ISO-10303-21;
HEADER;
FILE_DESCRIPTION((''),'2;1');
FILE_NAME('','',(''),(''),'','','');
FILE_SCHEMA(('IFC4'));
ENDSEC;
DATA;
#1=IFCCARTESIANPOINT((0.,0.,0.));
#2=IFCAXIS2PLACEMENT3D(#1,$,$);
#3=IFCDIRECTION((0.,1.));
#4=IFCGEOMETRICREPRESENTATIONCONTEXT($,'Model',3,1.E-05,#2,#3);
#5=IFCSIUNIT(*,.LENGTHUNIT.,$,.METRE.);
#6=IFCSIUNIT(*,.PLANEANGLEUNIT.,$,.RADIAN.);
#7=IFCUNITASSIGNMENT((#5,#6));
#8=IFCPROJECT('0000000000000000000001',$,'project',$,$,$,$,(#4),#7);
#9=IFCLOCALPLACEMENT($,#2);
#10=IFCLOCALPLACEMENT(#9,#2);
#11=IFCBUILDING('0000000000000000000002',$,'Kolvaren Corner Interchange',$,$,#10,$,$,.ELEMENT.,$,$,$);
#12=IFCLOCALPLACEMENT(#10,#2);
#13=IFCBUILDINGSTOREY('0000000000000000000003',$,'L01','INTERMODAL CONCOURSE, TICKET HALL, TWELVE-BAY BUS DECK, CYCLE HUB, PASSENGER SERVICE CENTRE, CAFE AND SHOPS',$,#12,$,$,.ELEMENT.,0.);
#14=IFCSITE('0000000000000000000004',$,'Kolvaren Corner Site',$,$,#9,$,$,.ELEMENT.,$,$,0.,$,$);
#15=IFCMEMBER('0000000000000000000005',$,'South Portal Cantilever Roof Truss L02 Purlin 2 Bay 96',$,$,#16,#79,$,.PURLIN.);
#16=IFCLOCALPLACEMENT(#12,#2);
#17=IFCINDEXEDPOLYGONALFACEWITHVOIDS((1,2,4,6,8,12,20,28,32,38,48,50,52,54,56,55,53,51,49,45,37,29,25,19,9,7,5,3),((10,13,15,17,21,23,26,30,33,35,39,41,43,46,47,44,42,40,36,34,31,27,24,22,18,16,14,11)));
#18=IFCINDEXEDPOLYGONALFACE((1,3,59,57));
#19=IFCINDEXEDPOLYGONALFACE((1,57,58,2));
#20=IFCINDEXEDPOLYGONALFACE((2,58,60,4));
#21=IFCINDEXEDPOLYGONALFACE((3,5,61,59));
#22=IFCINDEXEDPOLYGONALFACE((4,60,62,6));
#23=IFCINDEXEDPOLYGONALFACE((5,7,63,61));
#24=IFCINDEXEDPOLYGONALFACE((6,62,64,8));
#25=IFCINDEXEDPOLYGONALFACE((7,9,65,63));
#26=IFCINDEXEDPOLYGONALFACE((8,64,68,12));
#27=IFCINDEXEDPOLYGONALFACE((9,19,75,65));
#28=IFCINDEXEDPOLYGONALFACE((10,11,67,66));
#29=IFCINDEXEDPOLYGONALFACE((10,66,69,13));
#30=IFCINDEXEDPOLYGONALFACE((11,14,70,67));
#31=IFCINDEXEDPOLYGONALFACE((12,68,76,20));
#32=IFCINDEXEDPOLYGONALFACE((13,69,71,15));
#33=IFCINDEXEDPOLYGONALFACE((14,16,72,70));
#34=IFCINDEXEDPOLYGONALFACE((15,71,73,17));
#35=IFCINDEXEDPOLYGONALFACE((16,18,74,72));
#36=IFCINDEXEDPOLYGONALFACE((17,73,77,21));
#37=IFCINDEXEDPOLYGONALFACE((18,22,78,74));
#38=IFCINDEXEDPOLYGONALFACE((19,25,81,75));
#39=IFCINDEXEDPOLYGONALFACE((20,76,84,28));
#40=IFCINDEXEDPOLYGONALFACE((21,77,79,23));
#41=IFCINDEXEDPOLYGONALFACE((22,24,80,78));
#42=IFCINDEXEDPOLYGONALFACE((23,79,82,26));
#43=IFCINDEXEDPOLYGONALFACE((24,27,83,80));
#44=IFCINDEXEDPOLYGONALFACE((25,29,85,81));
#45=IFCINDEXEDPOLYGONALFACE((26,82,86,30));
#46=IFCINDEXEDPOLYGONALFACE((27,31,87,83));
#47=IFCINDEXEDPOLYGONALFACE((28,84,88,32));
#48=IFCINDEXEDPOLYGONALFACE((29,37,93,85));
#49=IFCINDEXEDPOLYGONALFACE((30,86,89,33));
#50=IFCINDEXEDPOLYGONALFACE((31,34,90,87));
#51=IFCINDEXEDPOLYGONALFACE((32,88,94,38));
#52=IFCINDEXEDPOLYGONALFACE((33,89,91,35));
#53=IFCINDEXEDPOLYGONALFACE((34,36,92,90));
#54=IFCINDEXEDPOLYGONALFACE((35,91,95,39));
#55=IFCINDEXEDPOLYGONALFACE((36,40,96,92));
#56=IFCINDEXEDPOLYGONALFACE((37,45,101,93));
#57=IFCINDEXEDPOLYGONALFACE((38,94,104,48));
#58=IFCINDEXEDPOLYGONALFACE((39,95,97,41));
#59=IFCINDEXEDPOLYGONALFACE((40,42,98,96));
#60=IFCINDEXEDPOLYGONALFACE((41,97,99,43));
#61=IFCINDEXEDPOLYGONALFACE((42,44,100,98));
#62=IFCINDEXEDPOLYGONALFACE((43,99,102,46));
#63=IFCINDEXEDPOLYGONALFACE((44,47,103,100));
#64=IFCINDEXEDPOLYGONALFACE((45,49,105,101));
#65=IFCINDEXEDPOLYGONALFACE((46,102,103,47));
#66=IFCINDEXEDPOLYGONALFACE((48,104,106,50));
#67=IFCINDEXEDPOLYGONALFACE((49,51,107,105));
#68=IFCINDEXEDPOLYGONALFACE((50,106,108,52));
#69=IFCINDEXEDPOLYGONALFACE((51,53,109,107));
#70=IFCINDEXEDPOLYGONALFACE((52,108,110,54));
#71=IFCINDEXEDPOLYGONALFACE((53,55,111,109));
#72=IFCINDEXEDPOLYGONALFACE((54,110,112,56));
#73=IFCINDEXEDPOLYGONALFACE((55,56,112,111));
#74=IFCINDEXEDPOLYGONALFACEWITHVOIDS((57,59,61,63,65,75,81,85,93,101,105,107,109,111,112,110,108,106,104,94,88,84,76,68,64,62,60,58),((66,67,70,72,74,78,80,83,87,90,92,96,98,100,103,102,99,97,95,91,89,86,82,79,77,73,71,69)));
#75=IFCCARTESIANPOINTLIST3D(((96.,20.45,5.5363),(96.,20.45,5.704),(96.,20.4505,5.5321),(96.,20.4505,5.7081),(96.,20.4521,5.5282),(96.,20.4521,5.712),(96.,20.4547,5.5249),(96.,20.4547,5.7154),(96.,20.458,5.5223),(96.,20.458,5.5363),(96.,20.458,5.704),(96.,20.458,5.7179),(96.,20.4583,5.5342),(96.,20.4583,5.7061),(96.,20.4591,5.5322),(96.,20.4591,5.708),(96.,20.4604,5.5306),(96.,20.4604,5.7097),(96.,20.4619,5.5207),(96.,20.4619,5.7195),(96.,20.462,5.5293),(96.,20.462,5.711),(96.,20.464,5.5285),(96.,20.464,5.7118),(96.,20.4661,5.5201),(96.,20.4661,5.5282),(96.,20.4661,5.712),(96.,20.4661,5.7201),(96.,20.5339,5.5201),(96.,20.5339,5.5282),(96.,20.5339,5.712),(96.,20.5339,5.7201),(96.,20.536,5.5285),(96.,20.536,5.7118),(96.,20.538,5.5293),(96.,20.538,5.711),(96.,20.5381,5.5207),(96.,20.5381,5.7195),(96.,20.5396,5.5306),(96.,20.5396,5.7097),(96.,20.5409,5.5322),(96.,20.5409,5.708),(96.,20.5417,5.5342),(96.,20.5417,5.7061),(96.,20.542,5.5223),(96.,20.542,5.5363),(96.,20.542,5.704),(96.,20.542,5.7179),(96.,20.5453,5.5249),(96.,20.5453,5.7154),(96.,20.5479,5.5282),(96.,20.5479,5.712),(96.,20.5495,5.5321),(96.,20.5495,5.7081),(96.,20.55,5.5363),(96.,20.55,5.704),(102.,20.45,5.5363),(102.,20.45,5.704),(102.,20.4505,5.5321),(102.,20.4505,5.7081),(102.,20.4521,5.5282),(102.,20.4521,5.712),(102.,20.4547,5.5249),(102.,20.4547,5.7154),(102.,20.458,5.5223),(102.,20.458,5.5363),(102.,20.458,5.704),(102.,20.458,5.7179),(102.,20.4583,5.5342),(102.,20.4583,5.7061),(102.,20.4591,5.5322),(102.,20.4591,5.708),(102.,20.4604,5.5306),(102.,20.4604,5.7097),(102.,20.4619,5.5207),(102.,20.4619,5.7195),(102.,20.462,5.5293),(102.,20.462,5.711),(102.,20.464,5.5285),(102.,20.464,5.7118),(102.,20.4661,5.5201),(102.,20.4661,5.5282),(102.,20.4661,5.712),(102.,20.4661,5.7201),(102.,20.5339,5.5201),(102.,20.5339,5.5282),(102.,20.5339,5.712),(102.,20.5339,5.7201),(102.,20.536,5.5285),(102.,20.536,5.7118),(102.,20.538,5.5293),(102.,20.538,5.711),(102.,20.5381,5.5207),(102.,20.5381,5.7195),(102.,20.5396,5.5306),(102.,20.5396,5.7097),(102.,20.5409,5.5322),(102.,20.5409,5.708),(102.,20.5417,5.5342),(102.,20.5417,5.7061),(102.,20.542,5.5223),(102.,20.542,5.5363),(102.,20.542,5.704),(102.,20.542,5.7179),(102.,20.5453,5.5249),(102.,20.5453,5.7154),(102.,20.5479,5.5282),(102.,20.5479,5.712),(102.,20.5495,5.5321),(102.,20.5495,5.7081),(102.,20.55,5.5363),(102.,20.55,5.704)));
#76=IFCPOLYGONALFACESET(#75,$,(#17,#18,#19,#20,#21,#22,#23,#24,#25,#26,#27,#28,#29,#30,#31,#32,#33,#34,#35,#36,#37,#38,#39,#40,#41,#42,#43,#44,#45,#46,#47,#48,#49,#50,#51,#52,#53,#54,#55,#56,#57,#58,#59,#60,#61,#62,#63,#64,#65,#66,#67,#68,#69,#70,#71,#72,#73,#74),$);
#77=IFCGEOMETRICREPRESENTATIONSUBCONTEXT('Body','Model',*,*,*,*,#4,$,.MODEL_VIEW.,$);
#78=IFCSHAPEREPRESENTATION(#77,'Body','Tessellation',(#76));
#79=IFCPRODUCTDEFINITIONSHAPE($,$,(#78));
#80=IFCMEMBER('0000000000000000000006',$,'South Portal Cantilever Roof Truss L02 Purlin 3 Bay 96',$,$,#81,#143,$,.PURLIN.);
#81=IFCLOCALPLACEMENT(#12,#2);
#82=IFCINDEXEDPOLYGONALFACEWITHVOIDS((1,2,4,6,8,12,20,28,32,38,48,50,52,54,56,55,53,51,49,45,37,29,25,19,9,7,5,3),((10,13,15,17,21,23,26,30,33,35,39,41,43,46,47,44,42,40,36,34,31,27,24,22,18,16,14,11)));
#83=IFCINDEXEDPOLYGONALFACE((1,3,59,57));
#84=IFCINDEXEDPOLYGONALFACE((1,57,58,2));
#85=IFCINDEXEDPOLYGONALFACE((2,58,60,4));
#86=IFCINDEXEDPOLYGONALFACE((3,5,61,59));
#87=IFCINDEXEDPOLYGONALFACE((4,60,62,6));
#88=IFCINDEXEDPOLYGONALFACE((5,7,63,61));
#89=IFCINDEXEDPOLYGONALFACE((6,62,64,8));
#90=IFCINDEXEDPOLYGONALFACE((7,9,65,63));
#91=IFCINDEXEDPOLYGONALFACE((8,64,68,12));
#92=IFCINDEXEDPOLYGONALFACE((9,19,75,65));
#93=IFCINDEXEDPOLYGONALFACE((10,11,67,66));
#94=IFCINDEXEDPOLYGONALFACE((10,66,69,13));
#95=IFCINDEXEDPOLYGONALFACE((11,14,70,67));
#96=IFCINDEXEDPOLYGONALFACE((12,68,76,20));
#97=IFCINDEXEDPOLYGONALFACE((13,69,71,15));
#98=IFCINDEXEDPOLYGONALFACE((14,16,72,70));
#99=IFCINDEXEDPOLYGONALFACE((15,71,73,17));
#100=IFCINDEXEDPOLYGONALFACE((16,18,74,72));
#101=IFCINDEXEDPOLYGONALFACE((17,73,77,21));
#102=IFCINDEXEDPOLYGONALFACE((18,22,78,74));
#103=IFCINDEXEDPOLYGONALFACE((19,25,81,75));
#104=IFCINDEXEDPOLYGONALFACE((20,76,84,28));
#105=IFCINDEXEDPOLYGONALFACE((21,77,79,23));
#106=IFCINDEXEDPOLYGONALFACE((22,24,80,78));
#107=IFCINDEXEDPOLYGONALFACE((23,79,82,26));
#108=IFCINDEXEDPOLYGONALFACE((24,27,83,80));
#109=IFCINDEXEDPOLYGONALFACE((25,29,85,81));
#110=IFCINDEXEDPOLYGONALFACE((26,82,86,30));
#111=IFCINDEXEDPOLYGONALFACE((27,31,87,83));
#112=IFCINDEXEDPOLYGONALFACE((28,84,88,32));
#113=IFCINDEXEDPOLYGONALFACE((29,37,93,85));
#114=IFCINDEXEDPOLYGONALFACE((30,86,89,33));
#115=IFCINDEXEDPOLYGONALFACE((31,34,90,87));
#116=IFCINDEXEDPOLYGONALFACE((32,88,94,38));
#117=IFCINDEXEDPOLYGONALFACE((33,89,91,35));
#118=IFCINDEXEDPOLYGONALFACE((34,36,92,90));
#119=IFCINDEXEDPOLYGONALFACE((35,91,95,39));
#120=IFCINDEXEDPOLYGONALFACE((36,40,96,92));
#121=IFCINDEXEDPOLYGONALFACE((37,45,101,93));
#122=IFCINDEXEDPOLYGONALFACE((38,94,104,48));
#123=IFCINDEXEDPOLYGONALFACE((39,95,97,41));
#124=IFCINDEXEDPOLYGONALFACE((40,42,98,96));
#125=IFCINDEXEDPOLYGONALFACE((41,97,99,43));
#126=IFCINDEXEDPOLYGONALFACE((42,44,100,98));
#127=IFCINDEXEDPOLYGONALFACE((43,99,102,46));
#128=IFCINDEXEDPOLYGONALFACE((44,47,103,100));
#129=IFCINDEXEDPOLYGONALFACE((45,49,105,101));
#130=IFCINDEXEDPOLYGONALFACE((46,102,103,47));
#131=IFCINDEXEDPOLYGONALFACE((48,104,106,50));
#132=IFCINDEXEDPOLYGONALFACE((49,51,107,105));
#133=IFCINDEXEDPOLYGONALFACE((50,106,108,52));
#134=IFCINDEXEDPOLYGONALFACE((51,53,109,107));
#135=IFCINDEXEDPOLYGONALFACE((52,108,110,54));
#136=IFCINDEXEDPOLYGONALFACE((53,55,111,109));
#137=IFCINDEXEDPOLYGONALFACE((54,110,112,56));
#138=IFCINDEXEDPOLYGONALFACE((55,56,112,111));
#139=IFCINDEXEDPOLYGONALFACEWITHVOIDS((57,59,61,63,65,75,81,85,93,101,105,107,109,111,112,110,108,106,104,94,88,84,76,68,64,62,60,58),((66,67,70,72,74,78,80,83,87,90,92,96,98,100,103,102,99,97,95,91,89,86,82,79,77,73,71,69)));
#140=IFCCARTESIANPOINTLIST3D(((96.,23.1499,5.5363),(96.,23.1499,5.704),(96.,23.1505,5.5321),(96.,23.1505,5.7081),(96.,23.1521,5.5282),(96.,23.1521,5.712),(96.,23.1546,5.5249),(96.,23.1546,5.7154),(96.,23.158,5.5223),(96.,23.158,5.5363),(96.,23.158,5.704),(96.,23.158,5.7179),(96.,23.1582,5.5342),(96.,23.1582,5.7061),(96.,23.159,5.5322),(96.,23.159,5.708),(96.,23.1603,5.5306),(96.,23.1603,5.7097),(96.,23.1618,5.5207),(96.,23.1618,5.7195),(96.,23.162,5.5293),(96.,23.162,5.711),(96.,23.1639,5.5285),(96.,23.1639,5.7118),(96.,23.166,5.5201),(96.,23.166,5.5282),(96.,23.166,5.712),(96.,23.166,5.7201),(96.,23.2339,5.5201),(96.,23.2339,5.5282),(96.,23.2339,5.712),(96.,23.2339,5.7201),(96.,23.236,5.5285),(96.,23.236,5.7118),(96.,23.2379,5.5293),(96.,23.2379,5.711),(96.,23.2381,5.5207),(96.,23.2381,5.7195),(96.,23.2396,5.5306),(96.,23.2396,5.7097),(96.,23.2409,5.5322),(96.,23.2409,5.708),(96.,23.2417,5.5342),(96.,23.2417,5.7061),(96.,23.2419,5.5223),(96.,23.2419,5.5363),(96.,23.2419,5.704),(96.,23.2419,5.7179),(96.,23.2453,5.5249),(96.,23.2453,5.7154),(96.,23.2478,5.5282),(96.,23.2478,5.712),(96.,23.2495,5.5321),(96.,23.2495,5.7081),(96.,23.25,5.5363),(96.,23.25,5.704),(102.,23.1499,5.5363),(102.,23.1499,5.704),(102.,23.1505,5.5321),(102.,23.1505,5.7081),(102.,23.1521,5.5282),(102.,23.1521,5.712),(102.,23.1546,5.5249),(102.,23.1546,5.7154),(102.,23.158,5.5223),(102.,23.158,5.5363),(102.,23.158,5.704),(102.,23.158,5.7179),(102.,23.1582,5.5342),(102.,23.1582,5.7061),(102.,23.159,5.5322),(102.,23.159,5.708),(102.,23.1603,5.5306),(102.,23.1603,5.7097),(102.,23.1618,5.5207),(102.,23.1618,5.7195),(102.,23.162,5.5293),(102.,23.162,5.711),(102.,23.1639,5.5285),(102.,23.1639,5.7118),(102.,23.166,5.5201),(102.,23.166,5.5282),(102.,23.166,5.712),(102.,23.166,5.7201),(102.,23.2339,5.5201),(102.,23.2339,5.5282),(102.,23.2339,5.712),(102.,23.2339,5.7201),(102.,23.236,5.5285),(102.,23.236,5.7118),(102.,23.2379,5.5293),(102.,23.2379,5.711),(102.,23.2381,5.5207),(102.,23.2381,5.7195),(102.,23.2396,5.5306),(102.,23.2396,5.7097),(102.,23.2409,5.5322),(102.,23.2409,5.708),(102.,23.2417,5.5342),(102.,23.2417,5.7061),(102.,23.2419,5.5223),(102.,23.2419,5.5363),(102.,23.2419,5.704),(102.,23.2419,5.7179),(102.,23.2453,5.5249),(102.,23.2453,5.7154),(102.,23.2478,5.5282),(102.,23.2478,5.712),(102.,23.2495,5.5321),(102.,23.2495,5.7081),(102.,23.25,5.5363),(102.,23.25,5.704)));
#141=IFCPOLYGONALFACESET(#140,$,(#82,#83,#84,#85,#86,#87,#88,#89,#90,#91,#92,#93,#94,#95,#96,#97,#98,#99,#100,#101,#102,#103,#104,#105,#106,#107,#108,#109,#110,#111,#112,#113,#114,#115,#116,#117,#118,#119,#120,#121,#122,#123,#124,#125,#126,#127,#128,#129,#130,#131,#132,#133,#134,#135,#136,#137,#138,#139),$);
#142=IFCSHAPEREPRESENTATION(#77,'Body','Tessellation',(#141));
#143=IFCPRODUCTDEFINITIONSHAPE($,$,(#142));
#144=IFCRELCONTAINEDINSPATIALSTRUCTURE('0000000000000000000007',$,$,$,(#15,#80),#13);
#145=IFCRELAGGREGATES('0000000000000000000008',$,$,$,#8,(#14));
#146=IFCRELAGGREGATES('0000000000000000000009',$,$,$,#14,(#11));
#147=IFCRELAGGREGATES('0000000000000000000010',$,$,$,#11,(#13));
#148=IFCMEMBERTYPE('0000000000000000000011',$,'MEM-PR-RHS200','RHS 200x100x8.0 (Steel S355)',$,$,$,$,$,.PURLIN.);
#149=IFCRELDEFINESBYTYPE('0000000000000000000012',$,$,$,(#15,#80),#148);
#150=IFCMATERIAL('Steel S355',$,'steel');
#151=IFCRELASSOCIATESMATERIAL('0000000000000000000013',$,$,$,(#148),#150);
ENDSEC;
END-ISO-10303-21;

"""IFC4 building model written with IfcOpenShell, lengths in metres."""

from ifc_helpers import new_model, si_unit, direction, frame, origin, origin_2d, place, context, subcontext, project, spatial, hollow_rectangle, extrude, material, material_profile, profile_set, type_object, element, save


model = new_model("IFC4")

# Units and contexts
model_context = context("Model", 3, precision=1e-05, world=origin(), true_north=direction((0.0, 1.0)))
body_context = subcontext(model_context, "Body", "Model", "MODEL_VIEW")
ifc_project = project(units=[si_unit("LENGTHUNIT", "METRE"), si_unit("PLANEANGLEUNIT", "RADIAN")], contexts=[model_context])

# Site, building, storey
site_placement = place(None, origin())
site = spatial("IfcSite", under=ifc_project, at=site_placement, Name="Kolvaren Corner Site", CompositionType="ELEMENT", RefElevation=0.0)
building_placement = place(site_placement, origin())
building = spatial("IfcBuilding", under=site, at=building_placement, Name="Kolvaren Corner Interchange", CompositionType="ELEMENT")
storey_placement = place(building_placement, origin())
storey = spatial("IfcBuildingStorey", under=building, at=storey_placement, Name="L01", Description="INTERMODAL CONCOURSE, TICKET HALL, TWELVE-BAY BUS DECK, CYCLE HUB, PASSENGER SERVICE CENTRE, CAFE AND SHOPS", CompositionType="ELEMENT", Elevation=0.0)

# Members
ifc_material_1 = material(Name="Steel S355", Category="steel")
ifc_material_profile_1 = material_profile(ifc_material_1, hollow_rectangle(XDim=0.1001, YDim=0.2, WallThickness=0.0081, InnerFilletRadius=0.0081, OuterFilletRadius=0.0161, at=origin_2d()), Name="RHS 200x100x8.0")
ifc_profile_set_1 = profile_set([ifc_material_profile_1], Name="Steel S355")
member_type_1 = type_object("IfcMemberType", Name="MEM-PR-RHS200", Description="RHS 200x100x8.0 (Steel S355)", PredefinedType="PURLIN", material=ifc_profile_set_1)
for number, where, z_axis, x_axis, name in (
    (1, (96.0, 20.5, 5.6201), (1.0, 0.0, 0.0), (0.0, 1.0, 0.0), "South Portal Cantilever Roof Truss L02 Purlin 2 Bay 96"),
    (2, (96.0, 23.2, 5.6201), (1.0, 0.0, 0.0), (0.0, 1.0, 0.0), "South Portal Cantilever Roof Truss L02 Purlin 3 Bay 96"),
):
    element("IfcMember", number, at=place(storey_placement, frame(where, z_axis=z_axis, x_axis=x_axis)), inside=storey, type_object=member_type_1, Name=name, PredefinedType="PURLIN", context=body_context, shape_type="SweptSolid", body=[
        extrude(hollow_rectangle(XDim=0.1001, YDim=0.2, WallThickness=0.0081, InnerFilletRadius=0.0081, OuterFilletRadius=0.0161, at=origin_2d()), origin(), (0.0, 0.0, 1.0), 6.0),
    ])

save(model, "model.ifc")
